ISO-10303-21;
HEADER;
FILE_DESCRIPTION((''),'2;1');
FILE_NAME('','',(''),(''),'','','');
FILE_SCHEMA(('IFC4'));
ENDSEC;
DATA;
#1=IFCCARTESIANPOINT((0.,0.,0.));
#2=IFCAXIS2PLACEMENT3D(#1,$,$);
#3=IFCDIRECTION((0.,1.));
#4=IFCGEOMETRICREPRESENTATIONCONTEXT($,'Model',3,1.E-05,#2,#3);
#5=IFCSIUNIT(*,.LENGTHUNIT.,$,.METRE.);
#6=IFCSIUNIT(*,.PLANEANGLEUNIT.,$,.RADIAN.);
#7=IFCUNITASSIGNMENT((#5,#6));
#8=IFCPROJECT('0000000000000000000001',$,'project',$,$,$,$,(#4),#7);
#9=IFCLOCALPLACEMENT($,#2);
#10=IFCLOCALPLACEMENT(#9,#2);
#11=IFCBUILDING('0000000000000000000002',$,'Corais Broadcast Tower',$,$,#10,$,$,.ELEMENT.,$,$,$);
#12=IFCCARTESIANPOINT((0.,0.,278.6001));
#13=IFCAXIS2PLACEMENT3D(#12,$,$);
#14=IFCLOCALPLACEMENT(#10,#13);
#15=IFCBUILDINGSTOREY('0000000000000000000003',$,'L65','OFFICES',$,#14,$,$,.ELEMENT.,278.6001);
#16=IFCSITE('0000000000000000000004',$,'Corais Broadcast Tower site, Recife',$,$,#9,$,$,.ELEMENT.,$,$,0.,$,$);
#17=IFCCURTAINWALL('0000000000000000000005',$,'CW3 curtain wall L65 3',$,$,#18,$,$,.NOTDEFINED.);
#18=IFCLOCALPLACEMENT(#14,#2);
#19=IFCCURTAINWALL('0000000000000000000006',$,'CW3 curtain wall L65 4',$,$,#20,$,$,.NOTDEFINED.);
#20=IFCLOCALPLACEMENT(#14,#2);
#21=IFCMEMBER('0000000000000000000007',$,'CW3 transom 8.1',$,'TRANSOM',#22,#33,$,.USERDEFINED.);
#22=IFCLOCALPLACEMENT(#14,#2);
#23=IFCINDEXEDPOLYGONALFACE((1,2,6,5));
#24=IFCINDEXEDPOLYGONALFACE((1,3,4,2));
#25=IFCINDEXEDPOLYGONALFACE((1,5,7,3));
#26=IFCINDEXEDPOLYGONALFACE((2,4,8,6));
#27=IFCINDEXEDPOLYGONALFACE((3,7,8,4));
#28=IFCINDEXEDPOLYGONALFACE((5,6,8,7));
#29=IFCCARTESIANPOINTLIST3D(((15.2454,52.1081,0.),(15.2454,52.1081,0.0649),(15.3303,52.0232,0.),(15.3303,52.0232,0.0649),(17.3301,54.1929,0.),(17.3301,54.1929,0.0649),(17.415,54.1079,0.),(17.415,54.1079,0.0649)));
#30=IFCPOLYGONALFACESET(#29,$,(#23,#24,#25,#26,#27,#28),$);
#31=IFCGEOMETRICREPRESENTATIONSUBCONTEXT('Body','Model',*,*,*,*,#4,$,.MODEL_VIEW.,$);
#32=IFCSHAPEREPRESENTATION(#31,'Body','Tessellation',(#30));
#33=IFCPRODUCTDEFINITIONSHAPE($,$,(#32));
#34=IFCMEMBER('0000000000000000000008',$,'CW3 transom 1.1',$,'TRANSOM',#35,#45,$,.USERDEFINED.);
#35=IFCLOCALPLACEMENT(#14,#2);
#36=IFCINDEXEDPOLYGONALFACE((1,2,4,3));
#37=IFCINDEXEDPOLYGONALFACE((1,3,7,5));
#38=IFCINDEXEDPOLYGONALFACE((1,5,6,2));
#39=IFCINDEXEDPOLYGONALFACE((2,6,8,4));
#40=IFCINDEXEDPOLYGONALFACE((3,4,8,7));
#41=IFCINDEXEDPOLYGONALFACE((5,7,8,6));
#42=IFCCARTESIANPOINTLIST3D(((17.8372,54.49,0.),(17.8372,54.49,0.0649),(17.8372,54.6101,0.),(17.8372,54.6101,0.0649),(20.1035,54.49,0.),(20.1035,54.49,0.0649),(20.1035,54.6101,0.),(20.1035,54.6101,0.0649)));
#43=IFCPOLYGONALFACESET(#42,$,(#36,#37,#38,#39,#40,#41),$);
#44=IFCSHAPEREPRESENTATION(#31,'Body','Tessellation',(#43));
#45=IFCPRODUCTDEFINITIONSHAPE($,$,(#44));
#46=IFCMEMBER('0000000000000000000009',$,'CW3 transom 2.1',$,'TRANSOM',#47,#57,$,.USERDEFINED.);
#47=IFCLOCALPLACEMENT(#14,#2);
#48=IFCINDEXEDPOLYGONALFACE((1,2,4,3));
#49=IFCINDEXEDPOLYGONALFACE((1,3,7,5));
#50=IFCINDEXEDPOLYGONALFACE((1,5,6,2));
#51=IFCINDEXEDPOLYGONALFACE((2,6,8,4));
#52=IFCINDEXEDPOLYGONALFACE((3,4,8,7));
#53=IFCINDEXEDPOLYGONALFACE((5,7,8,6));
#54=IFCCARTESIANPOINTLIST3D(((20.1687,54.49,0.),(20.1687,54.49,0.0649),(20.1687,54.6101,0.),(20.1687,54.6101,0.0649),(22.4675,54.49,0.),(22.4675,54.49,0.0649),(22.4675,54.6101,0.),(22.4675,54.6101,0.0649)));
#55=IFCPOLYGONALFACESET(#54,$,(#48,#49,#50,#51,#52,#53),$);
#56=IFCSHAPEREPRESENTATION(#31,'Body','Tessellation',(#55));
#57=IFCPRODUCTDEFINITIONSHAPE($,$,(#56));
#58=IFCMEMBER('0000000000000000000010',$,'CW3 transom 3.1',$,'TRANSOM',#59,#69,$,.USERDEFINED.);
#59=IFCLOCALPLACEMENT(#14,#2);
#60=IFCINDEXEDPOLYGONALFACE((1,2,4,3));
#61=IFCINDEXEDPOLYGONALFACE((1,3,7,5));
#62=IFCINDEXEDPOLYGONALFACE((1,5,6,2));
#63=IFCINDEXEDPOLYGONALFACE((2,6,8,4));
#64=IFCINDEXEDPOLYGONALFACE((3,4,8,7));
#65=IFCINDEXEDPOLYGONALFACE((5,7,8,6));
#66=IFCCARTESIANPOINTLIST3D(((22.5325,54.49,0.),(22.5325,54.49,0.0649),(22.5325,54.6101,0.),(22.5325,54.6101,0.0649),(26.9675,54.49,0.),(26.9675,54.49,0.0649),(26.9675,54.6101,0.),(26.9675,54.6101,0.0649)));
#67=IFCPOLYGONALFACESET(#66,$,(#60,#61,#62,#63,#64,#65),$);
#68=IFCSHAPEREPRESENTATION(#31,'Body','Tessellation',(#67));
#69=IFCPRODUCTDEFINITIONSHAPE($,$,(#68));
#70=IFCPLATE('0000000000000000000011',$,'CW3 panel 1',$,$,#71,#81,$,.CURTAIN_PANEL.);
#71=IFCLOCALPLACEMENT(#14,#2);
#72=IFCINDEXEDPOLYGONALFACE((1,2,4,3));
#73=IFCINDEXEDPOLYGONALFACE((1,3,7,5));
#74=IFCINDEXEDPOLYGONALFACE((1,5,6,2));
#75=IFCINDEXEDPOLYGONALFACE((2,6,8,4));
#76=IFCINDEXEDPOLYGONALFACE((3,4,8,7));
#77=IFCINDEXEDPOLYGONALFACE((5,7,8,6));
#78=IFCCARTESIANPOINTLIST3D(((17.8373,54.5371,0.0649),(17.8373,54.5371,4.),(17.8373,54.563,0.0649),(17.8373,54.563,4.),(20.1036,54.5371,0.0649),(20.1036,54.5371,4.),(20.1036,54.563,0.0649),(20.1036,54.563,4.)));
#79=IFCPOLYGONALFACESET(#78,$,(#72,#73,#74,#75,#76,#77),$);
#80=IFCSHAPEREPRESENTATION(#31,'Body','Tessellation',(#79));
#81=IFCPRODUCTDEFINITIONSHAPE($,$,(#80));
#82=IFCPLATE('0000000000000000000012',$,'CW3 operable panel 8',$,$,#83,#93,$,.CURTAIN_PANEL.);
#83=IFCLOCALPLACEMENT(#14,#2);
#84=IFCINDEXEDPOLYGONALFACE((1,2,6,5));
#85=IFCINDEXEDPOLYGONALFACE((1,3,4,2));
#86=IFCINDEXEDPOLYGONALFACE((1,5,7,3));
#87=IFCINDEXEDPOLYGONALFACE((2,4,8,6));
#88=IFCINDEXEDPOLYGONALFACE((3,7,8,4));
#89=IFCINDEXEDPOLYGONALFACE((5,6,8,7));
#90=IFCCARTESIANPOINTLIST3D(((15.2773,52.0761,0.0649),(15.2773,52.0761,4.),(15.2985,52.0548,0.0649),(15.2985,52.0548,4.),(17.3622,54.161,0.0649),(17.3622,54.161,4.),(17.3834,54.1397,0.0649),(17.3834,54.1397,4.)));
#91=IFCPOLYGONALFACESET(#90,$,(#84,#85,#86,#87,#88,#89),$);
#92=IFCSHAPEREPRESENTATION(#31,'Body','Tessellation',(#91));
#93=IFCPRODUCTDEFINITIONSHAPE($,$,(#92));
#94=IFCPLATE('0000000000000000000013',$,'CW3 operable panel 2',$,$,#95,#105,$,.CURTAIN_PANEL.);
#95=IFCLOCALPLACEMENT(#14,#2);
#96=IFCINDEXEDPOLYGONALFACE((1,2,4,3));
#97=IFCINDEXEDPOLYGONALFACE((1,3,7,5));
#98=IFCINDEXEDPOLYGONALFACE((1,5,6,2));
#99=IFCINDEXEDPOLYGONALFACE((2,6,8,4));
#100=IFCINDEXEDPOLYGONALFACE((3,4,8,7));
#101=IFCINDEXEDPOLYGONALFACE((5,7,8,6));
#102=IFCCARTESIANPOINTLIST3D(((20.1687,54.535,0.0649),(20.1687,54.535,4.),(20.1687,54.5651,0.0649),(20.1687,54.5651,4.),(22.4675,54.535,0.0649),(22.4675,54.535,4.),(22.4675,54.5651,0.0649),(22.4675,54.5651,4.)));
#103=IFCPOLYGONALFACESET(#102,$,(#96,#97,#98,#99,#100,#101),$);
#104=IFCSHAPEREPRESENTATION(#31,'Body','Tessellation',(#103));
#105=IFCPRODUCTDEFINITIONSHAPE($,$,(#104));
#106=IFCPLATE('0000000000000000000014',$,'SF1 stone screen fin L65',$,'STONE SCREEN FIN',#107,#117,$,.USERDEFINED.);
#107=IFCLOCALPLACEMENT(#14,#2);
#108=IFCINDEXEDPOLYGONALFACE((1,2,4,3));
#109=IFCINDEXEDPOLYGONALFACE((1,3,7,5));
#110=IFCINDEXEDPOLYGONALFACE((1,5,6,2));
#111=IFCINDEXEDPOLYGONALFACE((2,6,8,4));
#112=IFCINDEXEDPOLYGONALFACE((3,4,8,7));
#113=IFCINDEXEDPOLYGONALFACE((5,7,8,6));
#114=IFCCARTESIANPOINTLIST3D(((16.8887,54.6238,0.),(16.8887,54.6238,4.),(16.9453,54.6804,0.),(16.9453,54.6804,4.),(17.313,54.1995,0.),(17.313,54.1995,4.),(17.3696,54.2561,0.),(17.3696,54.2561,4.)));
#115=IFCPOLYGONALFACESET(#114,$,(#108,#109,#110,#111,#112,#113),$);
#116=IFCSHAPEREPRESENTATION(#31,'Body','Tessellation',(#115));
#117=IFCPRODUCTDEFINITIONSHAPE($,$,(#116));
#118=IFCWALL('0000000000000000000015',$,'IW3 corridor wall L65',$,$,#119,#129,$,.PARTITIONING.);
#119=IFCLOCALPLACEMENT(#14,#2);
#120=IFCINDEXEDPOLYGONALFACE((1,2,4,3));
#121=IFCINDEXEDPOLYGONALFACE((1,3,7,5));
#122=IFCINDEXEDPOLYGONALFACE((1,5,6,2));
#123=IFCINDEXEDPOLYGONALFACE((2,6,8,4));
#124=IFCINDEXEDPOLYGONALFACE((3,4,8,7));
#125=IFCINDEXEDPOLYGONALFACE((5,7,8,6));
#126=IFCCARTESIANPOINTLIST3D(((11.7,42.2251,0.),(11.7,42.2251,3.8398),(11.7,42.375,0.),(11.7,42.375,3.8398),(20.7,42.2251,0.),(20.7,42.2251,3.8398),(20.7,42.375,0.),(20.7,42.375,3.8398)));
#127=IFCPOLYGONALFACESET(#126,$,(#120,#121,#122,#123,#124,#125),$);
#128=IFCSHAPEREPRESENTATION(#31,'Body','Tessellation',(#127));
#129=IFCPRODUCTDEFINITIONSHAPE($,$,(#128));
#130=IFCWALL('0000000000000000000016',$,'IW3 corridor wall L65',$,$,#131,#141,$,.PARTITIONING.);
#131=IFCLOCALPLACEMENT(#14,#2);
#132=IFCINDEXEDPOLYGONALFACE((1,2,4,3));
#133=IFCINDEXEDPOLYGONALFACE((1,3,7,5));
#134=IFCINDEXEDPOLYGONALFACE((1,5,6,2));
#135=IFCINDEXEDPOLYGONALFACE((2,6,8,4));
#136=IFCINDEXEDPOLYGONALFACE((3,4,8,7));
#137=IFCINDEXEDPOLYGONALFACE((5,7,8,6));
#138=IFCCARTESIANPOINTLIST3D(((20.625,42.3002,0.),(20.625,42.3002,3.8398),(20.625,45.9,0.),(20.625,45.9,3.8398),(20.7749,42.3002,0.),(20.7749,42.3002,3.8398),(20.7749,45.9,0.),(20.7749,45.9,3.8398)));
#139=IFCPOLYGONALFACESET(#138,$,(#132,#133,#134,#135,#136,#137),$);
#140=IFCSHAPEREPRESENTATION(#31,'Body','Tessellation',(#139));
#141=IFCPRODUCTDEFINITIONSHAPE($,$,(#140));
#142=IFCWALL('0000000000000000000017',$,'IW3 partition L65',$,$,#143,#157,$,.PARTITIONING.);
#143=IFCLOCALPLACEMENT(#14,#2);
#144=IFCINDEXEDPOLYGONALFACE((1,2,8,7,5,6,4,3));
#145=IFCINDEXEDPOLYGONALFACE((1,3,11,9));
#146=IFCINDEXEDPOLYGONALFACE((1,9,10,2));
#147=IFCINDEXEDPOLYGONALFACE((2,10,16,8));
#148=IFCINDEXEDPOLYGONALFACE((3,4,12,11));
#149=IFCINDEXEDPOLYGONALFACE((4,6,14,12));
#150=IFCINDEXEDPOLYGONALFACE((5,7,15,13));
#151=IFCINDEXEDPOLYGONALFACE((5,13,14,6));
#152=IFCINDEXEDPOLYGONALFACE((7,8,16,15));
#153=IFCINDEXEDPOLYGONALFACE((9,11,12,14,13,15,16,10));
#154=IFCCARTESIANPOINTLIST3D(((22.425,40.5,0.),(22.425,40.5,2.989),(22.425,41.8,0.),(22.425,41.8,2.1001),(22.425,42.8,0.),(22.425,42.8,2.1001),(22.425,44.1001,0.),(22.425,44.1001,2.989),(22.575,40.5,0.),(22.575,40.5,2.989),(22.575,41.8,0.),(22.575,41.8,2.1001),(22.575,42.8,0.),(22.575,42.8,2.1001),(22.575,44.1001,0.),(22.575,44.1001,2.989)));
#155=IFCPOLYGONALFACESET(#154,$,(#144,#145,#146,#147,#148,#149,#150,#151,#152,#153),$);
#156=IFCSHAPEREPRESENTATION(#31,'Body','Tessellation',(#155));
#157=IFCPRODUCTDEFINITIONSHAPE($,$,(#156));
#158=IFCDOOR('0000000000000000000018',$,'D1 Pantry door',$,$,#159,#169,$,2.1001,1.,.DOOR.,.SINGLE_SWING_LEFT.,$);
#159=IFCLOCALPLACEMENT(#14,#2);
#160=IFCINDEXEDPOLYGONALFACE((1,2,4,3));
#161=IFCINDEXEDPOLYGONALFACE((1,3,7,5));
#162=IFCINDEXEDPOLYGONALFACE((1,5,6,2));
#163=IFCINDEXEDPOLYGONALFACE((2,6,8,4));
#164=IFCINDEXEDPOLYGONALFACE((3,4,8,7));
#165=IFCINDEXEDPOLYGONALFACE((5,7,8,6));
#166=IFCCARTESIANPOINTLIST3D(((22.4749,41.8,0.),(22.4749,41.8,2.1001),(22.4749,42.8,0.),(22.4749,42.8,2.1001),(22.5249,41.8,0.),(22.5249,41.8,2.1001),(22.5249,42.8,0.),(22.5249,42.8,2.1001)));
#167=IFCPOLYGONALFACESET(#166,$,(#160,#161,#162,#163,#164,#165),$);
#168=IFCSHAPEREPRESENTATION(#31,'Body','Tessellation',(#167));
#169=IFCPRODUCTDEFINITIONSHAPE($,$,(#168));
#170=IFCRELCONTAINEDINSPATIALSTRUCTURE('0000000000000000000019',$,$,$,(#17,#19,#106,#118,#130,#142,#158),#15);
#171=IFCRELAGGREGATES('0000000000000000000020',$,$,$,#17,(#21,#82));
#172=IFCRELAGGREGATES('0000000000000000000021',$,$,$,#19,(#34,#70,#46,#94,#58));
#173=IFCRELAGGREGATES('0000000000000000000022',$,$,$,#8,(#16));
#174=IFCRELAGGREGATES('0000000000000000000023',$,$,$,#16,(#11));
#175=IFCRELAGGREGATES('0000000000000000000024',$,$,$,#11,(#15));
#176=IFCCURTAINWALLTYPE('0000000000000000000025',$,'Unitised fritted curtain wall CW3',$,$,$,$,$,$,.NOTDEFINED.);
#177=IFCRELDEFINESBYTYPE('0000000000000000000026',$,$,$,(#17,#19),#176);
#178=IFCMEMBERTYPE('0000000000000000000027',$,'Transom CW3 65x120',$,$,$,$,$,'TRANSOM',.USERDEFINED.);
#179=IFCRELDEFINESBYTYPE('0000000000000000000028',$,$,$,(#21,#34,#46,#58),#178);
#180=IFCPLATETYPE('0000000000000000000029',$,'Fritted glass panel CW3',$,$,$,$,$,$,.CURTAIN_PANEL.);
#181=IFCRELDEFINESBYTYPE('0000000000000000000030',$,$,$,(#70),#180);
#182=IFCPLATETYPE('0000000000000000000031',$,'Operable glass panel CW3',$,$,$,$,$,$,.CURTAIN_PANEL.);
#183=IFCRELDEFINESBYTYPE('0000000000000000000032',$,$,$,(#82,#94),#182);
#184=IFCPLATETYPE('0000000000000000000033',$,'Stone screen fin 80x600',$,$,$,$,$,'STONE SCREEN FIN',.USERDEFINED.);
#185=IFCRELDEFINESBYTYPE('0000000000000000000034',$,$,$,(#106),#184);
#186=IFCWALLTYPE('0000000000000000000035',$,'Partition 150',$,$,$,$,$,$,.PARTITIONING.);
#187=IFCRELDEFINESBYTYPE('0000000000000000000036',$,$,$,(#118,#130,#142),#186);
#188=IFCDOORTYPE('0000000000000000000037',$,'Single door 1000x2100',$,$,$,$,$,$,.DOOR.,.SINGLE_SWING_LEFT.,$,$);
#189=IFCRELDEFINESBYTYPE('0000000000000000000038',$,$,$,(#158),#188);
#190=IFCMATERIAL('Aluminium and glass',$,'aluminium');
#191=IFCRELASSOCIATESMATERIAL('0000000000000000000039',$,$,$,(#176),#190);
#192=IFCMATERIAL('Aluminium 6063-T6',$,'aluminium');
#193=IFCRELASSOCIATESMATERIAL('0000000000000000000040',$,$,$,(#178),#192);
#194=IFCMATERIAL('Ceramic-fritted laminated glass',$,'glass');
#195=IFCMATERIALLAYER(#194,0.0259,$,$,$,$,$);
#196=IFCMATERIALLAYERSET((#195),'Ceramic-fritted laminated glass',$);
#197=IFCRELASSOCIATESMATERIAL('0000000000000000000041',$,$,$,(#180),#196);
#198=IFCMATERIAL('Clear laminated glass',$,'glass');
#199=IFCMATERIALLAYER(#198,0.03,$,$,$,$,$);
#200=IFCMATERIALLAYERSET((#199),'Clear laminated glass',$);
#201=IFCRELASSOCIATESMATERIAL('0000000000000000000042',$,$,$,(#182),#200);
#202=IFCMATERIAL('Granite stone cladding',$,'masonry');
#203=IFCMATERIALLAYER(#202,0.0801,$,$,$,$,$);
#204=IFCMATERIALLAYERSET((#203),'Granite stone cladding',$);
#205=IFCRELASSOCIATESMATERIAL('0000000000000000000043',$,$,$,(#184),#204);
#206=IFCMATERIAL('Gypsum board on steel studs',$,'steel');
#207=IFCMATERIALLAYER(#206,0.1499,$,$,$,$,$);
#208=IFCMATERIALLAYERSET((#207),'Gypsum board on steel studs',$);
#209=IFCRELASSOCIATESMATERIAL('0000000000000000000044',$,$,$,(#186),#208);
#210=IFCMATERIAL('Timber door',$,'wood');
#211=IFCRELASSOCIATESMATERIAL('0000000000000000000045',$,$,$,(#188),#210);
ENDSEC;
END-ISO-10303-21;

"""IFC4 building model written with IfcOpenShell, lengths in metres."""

from ifc_helpers import new_model, si_unit, direction, frame, frame_2d, origin, origin_2d, place, context, subcontext, project, spatial, rectangle, extrude, material, layer, layer_set, material_profile, profile_set, type_object, element, fill, aggregate, save


model = new_model("IFC4")

# Units and contexts
model_context = context("Model", 3, precision=1e-05, world=origin(), true_north=direction((0.0, 1.0)))
body_context = subcontext(model_context, "Body", "Model", "MODEL_VIEW")
ifc_project = project(units=[si_unit("LENGTHUNIT", "METRE"), si_unit("PLANEANGLEUNIT", "RADIAN")], contexts=[model_context])

# Site, building, storey
site_placement = place(None, origin())
site = spatial("IfcSite", under=ifc_project, at=site_placement, Name="Corais Broadcast Tower site, Recife", CompositionType="ELEMENT", RefElevation=0.0)
building_placement = place(site_placement, origin())
building = spatial("IfcBuilding", under=site, at=building_placement, Name="Corais Broadcast Tower", CompositionType="ELEMENT")
storey_placement = place(building_placement, frame((0.0, 0.0, 278.6001)))
storey = spatial("IfcBuildingStorey", under=building, at=storey_placement, Name="L65", Description="OFFICES", CompositionType="ELEMENT", Elevation=278.6001)

# Curtain walls
ifc_material_1 = material(Name="Aluminium and glass", Category="aluminium")
curtain_wall_type = type_object("IfcCurtainWallType", Name="Unitised fritted curtain wall CW3", PredefinedType="NOTDEFINED", material=ifc_material_1)
curtain_wall_1_placement = place(storey_placement, origin())
curtain_wall_1 = element("IfcCurtainWall", 1, at=curtain_wall_1_placement, inside=storey, type_object=curtain_wall_type, Name="CW3 curtain wall L65 3", PredefinedType="NOTDEFINED")
curtain_wall_2_placement = place(storey_placement, origin())
curtain_wall_2 = element("IfcCurtainWall", 2, at=curtain_wall_2_placement, inside=storey, type_object=curtain_wall_type, Name="CW3 curtain wall L65 4", PredefinedType="NOTDEFINED")

# Members
ifc_material_2 = material(Name="Aluminium 6063-T6", Category="aluminium")
ifc_material_profile_1 = material_profile(ifc_material_2, rectangle(XDim=0.1201, YDim=0.0649, at=origin_2d()), Name="Transom CW3 65x120")
ifc_profile_set_1 = profile_set([ifc_material_profile_1], Name="Aluminium 6063-T6")
member_type_1 = type_object("IfcMemberType", Name="Transom CW3 65x120", ElementType="TRANSOM", PredefinedType="USERDEFINED", material=ifc_profile_set_1)
member_1_placement = place(storey_placement, frame((15.2878, 52.0657, 0.0325), z_axis=(0.707107, 0.707107, 0.0), x_axis=(-0.707107, 0.707107, 0.0)))
member_1 = element("IfcMember", 3, at=member_1_placement, type_object=member_type_1, Name="CW3 transom 8.1", ObjectType="TRANSOM", PredefinedType="USERDEFINED", context=body_context, shape_type="SweptSolid", body=[
    extrude(rectangle(XDim=0.1201, YDim=0.0649, at=origin_2d()), origin(), (0.0, 0.0, 1.0), 2.9482),
])
member_2_placement = place(storey_placement, frame((17.8372, 54.55, 0.0325), z_axis=(1.0, 0.0, 0.0), x_axis=(0.0, 1.0, 0.0)))
member_2 = element("IfcMember", 4, at=member_2_placement, type_object=member_type_1, Name="CW3 transom 1.1", ObjectType="TRANSOM", PredefinedType="USERDEFINED", context=body_context, shape_type="SweptSolid", body=[
    extrude(rectangle(XDim=0.1201, YDim=0.0649, at=origin_2d()), origin(), (0.0, 0.0, 1.0), 2.2664),
])
member_3_placement = place(storey_placement, frame((20.1687, 54.55, 0.0325), z_axis=(1.0, 0.0, 0.0), x_axis=(0.0, 1.0, 0.0)))
member_3 = element("IfcMember", 5, at=member_3_placement, type_object=member_type_1, Name="CW3 transom 2.1", ObjectType="TRANSOM", PredefinedType="USERDEFINED", context=body_context, shape_type="SweptSolid", body=[
    extrude(rectangle(XDim=0.1201, YDim=0.0649, at=origin_2d()), origin(), (0.0, 0.0, 1.0), 2.2988),
])
member_4_placement = place(storey_placement, frame((22.5325, 54.55, 0.0325), z_axis=(1.0, 0.0, 0.0), x_axis=(0.0, 1.0, 0.0)))
member_4 = element("IfcMember", 6, at=member_4_placement, type_object=member_type_1, Name="CW3 transom 3.1", ObjectType="TRANSOM", PredefinedType="USERDEFINED", context=body_context, shape_type="SweptSolid", body=[
    extrude(rectangle(XDim=0.1201, YDim=0.0649, at=origin_2d()), origin(), (0.0, 0.0, 1.0), 4.4351),
])

# Plates
ifc_material_3 = material(Name="Ceramic-fritted laminated glass", Category="glass")
ifc_layer_1 = layer(ifc_material_3, 0.0259)
ifc_layer_set_1 = layer_set([ifc_layer_1], Name="Ceramic-fritted laminated glass")
plate_type_1 = type_object("IfcPlateType", Name="Fritted glass panel CW3", PredefinedType="CURTAIN_PANEL", material=ifc_layer_set_1)
plate_1_placement = place(storey_placement, frame((18.9705, 54.55, 0.0649), z_axis=(0.0, 0.0, 1.0), x_axis=(1.0, 0.0, 0.0)))
plate_1 = element("IfcPlate", 7, at=plate_1_placement, type_object=plate_type_1, Name="CW3 panel 1", PredefinedType="CURTAIN_PANEL", context=body_context, shape_type="SweptSolid", body=[
    extrude(rectangle(XDim=2.2664, YDim=0.0259, at=origin_2d()), origin(), (0.0, 0.0, 1.0), 3.9351),
])
ifc_material_4 = material(Name="Clear laminated glass", Category="glass")
ifc_layer_2 = layer(ifc_material_4, 0.03)
ifc_layer_set_2 = layer_set([ifc_layer_2], Name="Clear laminated glass")
plate_type_2 = type_object("IfcPlateType", Name="Operable glass panel CW3", PredefinedType="CURTAIN_PANEL", material=ifc_layer_set_2)
plate_2_placement = place(storey_placement, frame((16.3303, 53.1079, 0.0649), z_axis=(0.0, 0.0, 1.0), x_axis=(0.707107, 0.707107, 0.0)))
plate_2 = element("IfcPlate", 8, at=plate_2_placement, type_object=plate_type_2, Name="CW3 operable panel 8", PredefinedType="CURTAIN_PANEL", context=body_context, shape_type="SweptSolid", body=[
    extrude(rectangle(XDim=2.9485, YDim=0.03, at=origin_2d()), origin(), (0.0, 0.0, 1.0), 3.9351),
])
aggregate(curtain_wall_1, [member_1, plate_2])
plate_3_placement = place(storey_placement, frame((21.3181, 54.55, 0.0649), z_axis=(0.0, 0.0, 1.0), x_axis=(1.0, 0.0, 0.0)))
plate_3 = element("IfcPlate", 9, at=plate_3_placement, type_object=plate_type_2, Name="CW3 operable panel 2", PredefinedType="CURTAIN_PANEL", context=body_context, shape_type="SweptSolid", body=[
    extrude(rectangle(XDim=2.2988, YDim=0.03, at=origin_2d()), origin(), (0.0, 0.0, 1.0), 3.9351),
])
aggregate(curtain_wall_2, [member_2, plate_1, member_3, plate_3, member_4])
ifc_material_5 = material(Name="Granite stone cladding", Category="masonry")
ifc_layer_3 = layer(ifc_material_5, 0.0801)
ifc_layer_set_3 = layer_set([ifc_layer_3], Name="Granite stone cladding")
plate_type_3 = type_object("IfcPlateType", Name="Stone screen fin 80x600", ElementType="STONE SCREEN FIN", PredefinedType="USERDEFINED", material=ifc_layer_set_3)
plate_4_placement = place(storey_placement, frame((17.1292, 54.4399, 0.0), z_axis=(0.0, 0.0, 1.0), x_axis=(0.707107, 0.707107, 0.0)))
element("IfcPlate", 10, at=plate_4_placement, inside=storey, type_object=plate_type_3, Name="SF1 stone screen fin L65", ObjectType="STONE SCREEN FIN", PredefinedType="USERDEFINED", context=body_context, shape_type="SweptSolid", body=[
    extrude(rectangle(XDim=0.0801, YDim=0.6001, at=origin_2d()), origin(), (0.0, 0.0, 1.0), 4.0),
])

# Walls
ifc_material_6 = material(Name="Gypsum board on steel studs", Category="steel")
ifc_layer_4 = layer(ifc_material_6, 0.1499)
ifc_layer_set_4 = layer_set([ifc_layer_4], Name="Gypsum board on steel studs")
wall_type = type_object("IfcWallType", Name="Partition 150", PredefinedType="PARTITIONING", material=ifc_layer_set_4)
wall_1_placement = place(storey_placement, frame((20.7, 42.3, 0.0), z_axis=(0.0, 0.0, 1.0), x_axis=(-1.0, 0.0, 0.0)))
element("IfcWall", 11, at=wall_1_placement, inside=storey, type_object=wall_type, Name="IW3 corridor wall L65", PredefinedType="PARTITIONING", context=body_context, shape_type="SweptSolid", body=[
    extrude(rectangle(XDim=9.0, YDim=0.1499, at=frame_2d((4.5, 0.0))), origin(), (0.0, 0.0, 1.0), 3.8398),
])
wall_2_placement = place(storey_placement, frame((20.7, 45.8999, 0.0), z_axis=(0.0, 0.0, 1.0), x_axis=(0.0, -1.0, 0.0)))
element("IfcWall", 12, at=wall_2_placement, inside=storey, type_object=wall_type, Name="IW3 corridor wall L65", PredefinedType="PARTITIONING", context=body_context, shape_type="SweptSolid", body=[
    extrude(rectangle(XDim=3.5999, YDim=0.1499, at=frame_2d((1.7998, 0.0))), origin(), (0.0, 0.0, 1.0), 3.8398),
])

# Wall, opening, door
wall_3_placement = place(storey_placement, frame((22.5, 44.1001, 0.0), z_axis=(0.0, 0.0, 1.0), x_axis=(0.0, -1.0, 0.0)))
wall_3 = element("IfcWall", 13, at=wall_3_placement, inside=storey, type_object=wall_type, Name="IW3 partition L65", PredefinedType="PARTITIONING", context=body_context, shape_type="SweptSolid", body=[
    extrude(rectangle(XDim=3.6001, YDim=0.1499, at=frame_2d((1.8, 0.0))), origin(), (0.0, 0.0, 1.0), 2.989),
])
opening_1_placement = place(wall_3_placement, frame((1.3, 0.0, 0.0)))
opening_1 = element("IfcOpeningElement", 14, at=opening_1_placement, cuts=wall_3, PredefinedType="OPENING", context=body_context, shape_type="SweptSolid", body=[
    extrude(rectangle(XDim=1.0, YDim=2.1001, at=frame_2d((0.5, 1.05))), frame((0.0, 0.085, 0.0), z_axis=(0.0, -1.0, 0.0), x_axis=(1.0, 0.0, 0.0)), (0.0, 0.0, 1.0), 0.1699),
])
ifc_material_7 = material(Name="Timber door", Category="wood")
door_type = type_object("IfcDoorType", Name="Single door 1000x2100", OperationType="SINGLE_SWING_LEFT", PredefinedType="DOOR", material=ifc_material_7)
door_1_placement = place(opening_1_placement, origin())
door_1 = element("IfcDoor", 15, at=door_1_placement, inside=storey, type_object=door_type, Name="D1 Pantry door", OperationType="SINGLE_SWING_LEFT", OverallHeight=2.1001, OverallWidth=1.0, PredefinedType="DOOR", context=body_context, shape_type="SweptSolid", body=[
    extrude(rectangle(XDim=1.0, YDim=2.1001, at=frame_2d((0.5, 1.05))), frame((0.0, 0.0249, 0.0), z_axis=(0.0, -1.0, 0.0), x_axis=(1.0, 0.0, 0.0)), (0.0, 0.0, 1.0), 0.05),
])
fill(opening_1, door_1)

save(model, "model.ifc")
